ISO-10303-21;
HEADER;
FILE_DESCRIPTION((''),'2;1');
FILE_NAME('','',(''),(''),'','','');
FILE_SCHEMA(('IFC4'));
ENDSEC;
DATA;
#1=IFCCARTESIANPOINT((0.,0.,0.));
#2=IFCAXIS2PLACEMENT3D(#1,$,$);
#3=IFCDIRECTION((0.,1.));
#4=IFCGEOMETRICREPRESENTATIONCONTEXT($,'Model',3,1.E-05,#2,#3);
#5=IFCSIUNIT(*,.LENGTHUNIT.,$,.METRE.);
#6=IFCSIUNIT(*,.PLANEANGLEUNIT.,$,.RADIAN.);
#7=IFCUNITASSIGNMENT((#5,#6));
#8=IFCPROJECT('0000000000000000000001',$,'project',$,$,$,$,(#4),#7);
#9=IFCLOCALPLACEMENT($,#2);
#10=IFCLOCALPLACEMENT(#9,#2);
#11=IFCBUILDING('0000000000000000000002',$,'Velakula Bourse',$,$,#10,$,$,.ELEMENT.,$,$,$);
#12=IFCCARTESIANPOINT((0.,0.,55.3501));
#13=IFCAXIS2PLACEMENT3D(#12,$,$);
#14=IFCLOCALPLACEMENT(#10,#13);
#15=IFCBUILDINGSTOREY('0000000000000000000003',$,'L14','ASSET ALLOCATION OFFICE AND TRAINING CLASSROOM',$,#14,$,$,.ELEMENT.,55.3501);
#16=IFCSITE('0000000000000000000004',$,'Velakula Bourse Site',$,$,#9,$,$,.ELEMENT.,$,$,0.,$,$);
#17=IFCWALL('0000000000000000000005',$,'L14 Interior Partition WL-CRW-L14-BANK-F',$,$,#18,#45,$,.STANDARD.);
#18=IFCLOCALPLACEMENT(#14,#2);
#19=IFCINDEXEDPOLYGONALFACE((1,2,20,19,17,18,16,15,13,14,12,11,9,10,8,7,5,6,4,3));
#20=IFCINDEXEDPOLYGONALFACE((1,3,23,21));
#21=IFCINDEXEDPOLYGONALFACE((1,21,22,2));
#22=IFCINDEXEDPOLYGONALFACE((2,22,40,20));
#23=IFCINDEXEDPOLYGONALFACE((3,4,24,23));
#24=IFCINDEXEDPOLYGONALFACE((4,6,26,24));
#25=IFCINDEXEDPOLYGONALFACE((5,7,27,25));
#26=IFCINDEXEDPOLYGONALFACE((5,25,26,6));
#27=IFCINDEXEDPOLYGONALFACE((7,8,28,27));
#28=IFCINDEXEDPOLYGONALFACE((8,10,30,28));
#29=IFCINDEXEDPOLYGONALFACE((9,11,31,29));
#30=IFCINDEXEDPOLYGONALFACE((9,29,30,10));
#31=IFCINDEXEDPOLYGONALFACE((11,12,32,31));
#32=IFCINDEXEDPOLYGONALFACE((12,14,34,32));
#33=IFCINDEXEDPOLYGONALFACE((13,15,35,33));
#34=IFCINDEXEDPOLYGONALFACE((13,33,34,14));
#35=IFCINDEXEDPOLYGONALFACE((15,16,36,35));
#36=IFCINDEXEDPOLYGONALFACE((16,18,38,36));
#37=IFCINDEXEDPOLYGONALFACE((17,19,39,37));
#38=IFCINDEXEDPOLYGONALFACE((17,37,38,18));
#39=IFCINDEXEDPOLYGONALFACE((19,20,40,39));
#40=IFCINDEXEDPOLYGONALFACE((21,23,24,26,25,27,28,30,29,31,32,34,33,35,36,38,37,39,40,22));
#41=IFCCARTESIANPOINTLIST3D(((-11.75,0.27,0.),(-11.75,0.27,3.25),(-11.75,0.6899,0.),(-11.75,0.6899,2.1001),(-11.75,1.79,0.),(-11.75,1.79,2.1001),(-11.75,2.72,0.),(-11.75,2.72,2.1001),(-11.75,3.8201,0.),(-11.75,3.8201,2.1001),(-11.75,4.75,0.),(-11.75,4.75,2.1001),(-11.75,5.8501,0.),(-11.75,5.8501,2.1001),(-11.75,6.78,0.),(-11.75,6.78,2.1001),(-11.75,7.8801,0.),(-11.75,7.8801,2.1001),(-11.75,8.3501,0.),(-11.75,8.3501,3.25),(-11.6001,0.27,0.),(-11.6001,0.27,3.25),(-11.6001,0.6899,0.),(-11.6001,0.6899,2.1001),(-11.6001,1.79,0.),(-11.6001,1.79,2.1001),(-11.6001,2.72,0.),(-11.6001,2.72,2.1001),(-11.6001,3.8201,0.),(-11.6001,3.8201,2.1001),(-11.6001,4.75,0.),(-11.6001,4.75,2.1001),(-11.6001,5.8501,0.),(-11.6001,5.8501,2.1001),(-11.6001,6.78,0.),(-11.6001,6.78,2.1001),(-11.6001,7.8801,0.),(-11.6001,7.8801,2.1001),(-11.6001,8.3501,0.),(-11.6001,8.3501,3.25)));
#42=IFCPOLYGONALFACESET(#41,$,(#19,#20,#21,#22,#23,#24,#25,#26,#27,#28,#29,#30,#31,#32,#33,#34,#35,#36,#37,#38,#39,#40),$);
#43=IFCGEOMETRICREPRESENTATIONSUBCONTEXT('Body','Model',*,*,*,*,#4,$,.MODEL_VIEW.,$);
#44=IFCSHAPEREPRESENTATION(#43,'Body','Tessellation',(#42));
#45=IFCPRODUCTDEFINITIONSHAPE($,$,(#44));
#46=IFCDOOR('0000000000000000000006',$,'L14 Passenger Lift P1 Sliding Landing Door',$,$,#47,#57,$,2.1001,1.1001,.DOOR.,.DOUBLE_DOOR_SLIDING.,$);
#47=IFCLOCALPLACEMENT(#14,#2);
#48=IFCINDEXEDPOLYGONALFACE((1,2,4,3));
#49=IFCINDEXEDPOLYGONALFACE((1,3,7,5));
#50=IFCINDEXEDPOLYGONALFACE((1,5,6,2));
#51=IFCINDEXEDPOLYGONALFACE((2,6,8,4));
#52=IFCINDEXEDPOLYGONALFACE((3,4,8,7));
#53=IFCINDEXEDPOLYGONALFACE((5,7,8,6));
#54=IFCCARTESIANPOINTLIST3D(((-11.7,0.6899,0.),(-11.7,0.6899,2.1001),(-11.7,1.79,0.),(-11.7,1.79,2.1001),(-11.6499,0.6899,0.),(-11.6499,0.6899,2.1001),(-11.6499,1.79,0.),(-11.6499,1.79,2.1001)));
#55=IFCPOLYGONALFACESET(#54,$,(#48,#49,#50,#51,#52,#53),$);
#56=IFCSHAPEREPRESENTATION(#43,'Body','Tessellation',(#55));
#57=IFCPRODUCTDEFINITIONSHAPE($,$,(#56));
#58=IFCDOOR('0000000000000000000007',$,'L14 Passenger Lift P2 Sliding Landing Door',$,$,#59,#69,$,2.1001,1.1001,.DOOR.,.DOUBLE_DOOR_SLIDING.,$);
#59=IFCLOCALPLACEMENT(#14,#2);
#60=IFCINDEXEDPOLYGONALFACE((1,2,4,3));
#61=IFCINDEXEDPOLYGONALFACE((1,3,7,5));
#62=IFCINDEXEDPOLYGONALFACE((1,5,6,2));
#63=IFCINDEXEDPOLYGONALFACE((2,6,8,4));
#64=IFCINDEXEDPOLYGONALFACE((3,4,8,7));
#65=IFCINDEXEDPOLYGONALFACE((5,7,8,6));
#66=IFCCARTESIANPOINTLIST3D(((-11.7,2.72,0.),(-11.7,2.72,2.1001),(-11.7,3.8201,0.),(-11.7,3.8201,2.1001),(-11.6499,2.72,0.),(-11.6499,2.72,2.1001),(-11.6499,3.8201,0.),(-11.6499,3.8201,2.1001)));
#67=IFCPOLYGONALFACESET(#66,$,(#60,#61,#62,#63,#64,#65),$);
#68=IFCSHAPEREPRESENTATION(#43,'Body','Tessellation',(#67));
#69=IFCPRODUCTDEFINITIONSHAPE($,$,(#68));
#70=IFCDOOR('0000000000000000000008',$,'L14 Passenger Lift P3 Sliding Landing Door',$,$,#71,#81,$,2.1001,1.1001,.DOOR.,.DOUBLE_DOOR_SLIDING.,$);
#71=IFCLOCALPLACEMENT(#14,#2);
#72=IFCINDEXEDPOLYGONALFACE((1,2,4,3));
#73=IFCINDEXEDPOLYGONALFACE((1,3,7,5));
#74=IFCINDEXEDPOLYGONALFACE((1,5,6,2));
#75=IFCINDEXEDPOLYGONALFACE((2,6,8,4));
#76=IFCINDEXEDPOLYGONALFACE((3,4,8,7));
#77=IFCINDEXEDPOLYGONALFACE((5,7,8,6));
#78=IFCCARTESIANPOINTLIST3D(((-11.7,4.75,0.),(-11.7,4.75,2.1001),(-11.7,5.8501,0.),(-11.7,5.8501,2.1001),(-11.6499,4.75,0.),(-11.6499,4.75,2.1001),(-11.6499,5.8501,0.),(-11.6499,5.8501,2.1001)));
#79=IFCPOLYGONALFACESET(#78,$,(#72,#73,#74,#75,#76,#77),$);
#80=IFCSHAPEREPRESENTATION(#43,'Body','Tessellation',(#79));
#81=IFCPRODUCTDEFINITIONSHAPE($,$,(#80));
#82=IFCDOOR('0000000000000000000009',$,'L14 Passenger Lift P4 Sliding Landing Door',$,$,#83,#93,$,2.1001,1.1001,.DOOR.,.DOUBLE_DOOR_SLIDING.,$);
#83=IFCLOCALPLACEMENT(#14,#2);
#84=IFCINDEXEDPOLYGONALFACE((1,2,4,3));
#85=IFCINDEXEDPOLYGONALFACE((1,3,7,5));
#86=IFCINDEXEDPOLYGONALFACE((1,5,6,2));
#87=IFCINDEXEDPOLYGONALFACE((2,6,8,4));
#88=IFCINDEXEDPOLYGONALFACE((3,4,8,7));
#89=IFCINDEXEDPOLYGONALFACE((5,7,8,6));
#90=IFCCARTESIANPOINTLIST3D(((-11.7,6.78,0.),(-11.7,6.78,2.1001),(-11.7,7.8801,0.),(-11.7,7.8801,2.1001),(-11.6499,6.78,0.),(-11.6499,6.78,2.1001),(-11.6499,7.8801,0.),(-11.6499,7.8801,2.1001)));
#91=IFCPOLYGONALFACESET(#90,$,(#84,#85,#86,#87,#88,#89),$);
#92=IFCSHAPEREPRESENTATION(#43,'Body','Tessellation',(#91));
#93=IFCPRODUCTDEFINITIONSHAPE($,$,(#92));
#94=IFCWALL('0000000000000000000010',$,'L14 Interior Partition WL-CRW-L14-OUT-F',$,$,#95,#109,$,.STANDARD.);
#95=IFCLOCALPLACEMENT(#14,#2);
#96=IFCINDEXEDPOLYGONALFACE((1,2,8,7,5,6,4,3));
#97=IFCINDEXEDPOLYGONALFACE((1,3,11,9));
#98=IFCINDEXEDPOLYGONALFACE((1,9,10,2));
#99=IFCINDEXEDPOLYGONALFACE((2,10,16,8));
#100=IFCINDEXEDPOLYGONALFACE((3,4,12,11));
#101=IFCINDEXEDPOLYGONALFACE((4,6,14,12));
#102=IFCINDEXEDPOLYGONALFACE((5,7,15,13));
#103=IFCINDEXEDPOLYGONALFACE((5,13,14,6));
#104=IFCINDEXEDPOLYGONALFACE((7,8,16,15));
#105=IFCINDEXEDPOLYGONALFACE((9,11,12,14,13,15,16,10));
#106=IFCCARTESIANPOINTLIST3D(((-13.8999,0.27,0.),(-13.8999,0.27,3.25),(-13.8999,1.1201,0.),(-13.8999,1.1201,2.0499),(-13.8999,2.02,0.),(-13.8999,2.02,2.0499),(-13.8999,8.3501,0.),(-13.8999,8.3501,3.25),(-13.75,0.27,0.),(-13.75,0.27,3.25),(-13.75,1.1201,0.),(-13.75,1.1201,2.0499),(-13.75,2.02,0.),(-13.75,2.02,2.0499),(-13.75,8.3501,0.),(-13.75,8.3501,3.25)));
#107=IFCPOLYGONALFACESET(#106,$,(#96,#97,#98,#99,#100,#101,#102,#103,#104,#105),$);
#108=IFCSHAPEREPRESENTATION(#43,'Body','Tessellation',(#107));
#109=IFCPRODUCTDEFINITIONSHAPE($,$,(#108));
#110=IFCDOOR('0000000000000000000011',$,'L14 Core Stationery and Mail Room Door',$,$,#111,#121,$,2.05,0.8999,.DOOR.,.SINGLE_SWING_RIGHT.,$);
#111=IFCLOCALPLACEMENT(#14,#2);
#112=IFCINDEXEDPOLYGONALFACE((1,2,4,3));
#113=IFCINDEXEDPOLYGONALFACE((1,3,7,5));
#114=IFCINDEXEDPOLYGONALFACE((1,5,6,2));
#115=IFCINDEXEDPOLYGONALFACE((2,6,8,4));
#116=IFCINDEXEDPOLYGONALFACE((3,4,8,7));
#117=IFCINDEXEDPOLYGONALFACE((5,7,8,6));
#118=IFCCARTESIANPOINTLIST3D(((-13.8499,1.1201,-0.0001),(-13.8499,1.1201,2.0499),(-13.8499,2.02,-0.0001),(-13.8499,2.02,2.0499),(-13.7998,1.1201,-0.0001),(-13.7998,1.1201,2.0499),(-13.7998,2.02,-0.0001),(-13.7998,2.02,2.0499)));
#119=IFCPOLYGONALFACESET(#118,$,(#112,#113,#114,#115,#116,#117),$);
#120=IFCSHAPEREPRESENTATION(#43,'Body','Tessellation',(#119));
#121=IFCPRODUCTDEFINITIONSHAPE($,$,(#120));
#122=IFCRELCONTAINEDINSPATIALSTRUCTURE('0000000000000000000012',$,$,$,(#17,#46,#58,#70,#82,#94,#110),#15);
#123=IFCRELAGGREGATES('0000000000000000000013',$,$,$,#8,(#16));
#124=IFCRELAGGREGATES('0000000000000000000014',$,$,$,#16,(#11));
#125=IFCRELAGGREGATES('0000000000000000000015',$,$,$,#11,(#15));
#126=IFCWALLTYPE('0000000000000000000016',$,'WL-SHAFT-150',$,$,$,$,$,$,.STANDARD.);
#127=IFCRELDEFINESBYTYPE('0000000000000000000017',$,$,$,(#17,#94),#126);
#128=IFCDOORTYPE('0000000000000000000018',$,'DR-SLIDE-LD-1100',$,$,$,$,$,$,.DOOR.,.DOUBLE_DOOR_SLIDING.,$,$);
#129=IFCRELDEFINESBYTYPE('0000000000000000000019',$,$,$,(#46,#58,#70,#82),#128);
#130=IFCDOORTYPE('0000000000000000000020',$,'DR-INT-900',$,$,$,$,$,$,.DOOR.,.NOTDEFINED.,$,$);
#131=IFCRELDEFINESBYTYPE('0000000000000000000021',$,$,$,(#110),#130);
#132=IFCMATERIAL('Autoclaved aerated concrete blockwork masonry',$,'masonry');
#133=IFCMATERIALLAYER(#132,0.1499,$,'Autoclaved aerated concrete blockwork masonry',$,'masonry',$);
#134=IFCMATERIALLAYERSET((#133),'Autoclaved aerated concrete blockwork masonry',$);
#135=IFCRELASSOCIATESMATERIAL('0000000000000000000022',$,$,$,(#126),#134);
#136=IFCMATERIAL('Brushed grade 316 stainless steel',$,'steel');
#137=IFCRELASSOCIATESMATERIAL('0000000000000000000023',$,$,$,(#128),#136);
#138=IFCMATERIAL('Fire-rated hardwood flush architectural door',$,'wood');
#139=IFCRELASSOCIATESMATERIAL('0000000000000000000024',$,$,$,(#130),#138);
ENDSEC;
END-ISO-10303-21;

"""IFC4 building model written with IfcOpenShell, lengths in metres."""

from ifc_helpers import new_model, si_unit, direction, frame, frame_2d, origin, place, context, subcontext, project, spatial, rectangle, extrude, material, layer, layer_set, type_object, element, fill, save


model = new_model("IFC4")

# Units and contexts
model_context = context("Model", 3, precision=1e-05, world=origin(), true_north=direction((0.0, 1.0)))
body_context = subcontext(model_context, "Body", "Model", "MODEL_VIEW")
ifc_project = project(units=[si_unit("LENGTHUNIT", "METRE"), si_unit("PLANEANGLEUNIT", "RADIAN")], contexts=[model_context])

# Site, building, storey
site_placement = place(None, origin())
site = spatial("IfcSite", under=ifc_project, at=site_placement, Name="Velakula Bourse Site", CompositionType="ELEMENT", RefElevation=0.0)
building_placement = place(site_placement, origin())
building = spatial("IfcBuilding", under=site, at=building_placement, Name="Velakula Bourse", CompositionType="ELEMENT")
storey_placement = place(building_placement, frame((0.0, 0.0, 55.3501)))
storey = spatial("IfcBuildingStorey", under=building, at=storey_placement, Name="L14", Description="ASSET ALLOCATION OFFICE AND TRAINING CLASSROOM", CompositionType="ELEMENT", Elevation=55.3501)

# Shared definitions
ifc_material_1 = material(Name="Fire-rated hardwood flush architectural door", Category="wood")

# Shared definitions
ifc_material_2 = material(Name="Autoclaved aerated concrete blockwork masonry", Category="masonry")
ifc_layer_1 = layer(ifc_material_2, 0.1499, Name="Autoclaved aerated concrete blockwork masonry", Category="masonry")
ifc_layer_set_1 = layer_set([ifc_layer_1], Name="Autoclaved aerated concrete blockwork masonry")
wall_type_1 = type_object("IfcWallType", Name="WL-SHAFT-150", PredefinedType="STANDARD", material=ifc_layer_set_1)

# Wall, openings, doors
wall_1_placement = place(storey_placement, frame((-11.675, 0.27, 0.0), z_axis=(0.0, 0.0, 1.0), x_axis=(0.0, 1.0, 0.0)))
wall_1 = element("IfcWall", 1, at=wall_1_placement, inside=storey, type_object=wall_type_1, Name="L14 Interior Partition WL-CRW-L14-BANK-F", PredefinedType="STANDARD", context=body_context, shape_type="SweptSolid", body=[
    extrude(rectangle(XDim=8.0801, YDim=0.1499, at=frame_2d((4.04, 0.0))), origin(), (0.0, 0.0, 1.0), 3.25),
])
opening_1_placement = place(wall_1_placement, frame((0.4199, 0.0, 0.0)))
opening_1 = element("IfcOpeningElement", 2, at=opening_1_placement, cuts=wall_1, PredefinedType="OPENING", context=body_context, shape_type="SweptSolid", body=[
    extrude(rectangle(XDim=1.1001, YDim=2.1001, at=frame_2d((0.55, 1.05))), frame((0.0, 0.085, 0.0), z_axis=(0.0, -1.0, 0.0), x_axis=(1.0, 0.0, 0.0)), (0.0, 0.0, 1.0), 0.1699),
])
opening_2_placement = place(wall_1_placement, frame((2.45, 0.0, 0.0)))
opening_2 = element("IfcOpeningElement", 3, at=opening_2_placement, cuts=wall_1, PredefinedType="OPENING", context=body_context, shape_type="SweptSolid", body=[
    extrude(rectangle(XDim=1.1001, YDim=2.1001, at=frame_2d((0.55, 1.05))), frame((0.0, 0.085, 0.0), z_axis=(0.0, -1.0, 0.0), x_axis=(1.0, 0.0, 0.0)), (0.0, 0.0, 1.0), 0.1699),
])
opening_3_placement = place(wall_1_placement, frame((4.48, 0.0, 0.0)))
opening_3 = element("IfcOpeningElement", 4, at=opening_3_placement, cuts=wall_1, PredefinedType="OPENING", context=body_context, shape_type="SweptSolid", body=[
    extrude(rectangle(XDim=1.1001, YDim=2.1001, at=frame_2d((0.55, 1.05))), frame((0.0, 0.085, 0.0), z_axis=(0.0, -1.0, 0.0), x_axis=(1.0, 0.0, 0.0)), (0.0, 0.0, 1.0), 0.1699),
])
opening_4_placement = place(wall_1_placement, frame((6.51, 0.0, 0.0)))
opening_4 = element("IfcOpeningElement", 5, at=opening_4_placement, cuts=wall_1, PredefinedType="OPENING", context=body_context, shape_type="SweptSolid", body=[
    extrude(rectangle(XDim=1.1001, YDim=2.1001, at=frame_2d((0.55, 1.05))), frame((0.0, 0.085, 0.0), z_axis=(0.0, -1.0, 0.0), x_axis=(1.0, 0.0, 0.0)), (0.0, 0.0, 1.0), 0.1699),
])
ifc_material_3 = material(Name="Brushed grade 316 stainless steel", Category="steel")
door_type_1 = type_object("IfcDoorType", Name="DR-SLIDE-LD-1100", OperationType="DOUBLE_DOOR_SLIDING", PredefinedType="DOOR", material=ifc_material_3)
door_1_placement = place(opening_1_placement, origin())
door_1 = element("IfcDoor", 6, at=door_1_placement, inside=storey, type_object=door_type_1, Name="L14 Passenger Lift P1 Sliding Landing Door", OperationType="DOUBLE_DOOR_SLIDING", OverallHeight=2.1001, OverallWidth=1.1001, PredefinedType="DOOR", context=body_context, shape_type="SweptSolid", body=[
    extrude(rectangle(XDim=1.1001, YDim=2.1001, at=frame_2d((0.55, 1.05))), frame((0.0, 0.0249, 0.0), z_axis=(0.0, -1.0, 0.0), x_axis=(1.0, 0.0, 0.0)), (0.0, 0.0, 1.0), 0.05),
])
fill(opening_1, door_1)
door_2_placement = place(opening_2_placement, origin())
door_2 = element("IfcDoor", 7, at=door_2_placement, inside=storey, type_object=door_type_1, Name="L14 Passenger Lift P2 Sliding Landing Door", OperationType="DOUBLE_DOOR_SLIDING", OverallHeight=2.1001, OverallWidth=1.1001, PredefinedType="DOOR", context=body_context, shape_type="SweptSolid", body=[
    extrude(rectangle(XDim=1.1001, YDim=2.1001, at=frame_2d((0.55, 1.05))), frame((0.0, 0.0249, 0.0), z_axis=(0.0, -1.0, 0.0), x_axis=(1.0, 0.0, 0.0)), (0.0, 0.0, 1.0), 0.05),
])
fill(opening_2, door_2)
door_3_placement = place(opening_3_placement, origin())
door_3 = element("IfcDoor", 8, at=door_3_placement, inside=storey, type_object=door_type_1, Name="L14 Passenger Lift P3 Sliding Landing Door", OperationType="DOUBLE_DOOR_SLIDING", OverallHeight=2.1001, OverallWidth=1.1001, PredefinedType="DOOR", context=body_context, shape_type="SweptSolid", body=[
    extrude(rectangle(XDim=1.1001, YDim=2.1001, at=frame_2d((0.55, 1.05))), frame((0.0, 0.0249, 0.0), z_axis=(0.0, -1.0, 0.0), x_axis=(1.0, 0.0, 0.0)), (0.0, 0.0, 1.0), 0.05),
])
fill(opening_3, door_3)
door_4_placement = place(opening_4_placement, origin())
door_4 = element("IfcDoor", 9, at=door_4_placement, inside=storey, type_object=door_type_1, Name="L14 Passenger Lift P4 Sliding Landing Door", OperationType="DOUBLE_DOOR_SLIDING", OverallHeight=2.1001, OverallWidth=1.1001, PredefinedType="DOOR", context=body_context, shape_type="SweptSolid", body=[
    extrude(rectangle(XDim=1.1001, YDim=2.1001, at=frame_2d((0.55, 1.05))), frame((0.0, 0.0249, 0.0), z_axis=(0.0, -1.0, 0.0), x_axis=(1.0, 0.0, 0.0)), (0.0, 0.0, 1.0), 0.05),
])
fill(opening_4, door_4)

# Wall, opening, door
wall_2_placement = place(storey_placement, frame((-13.825, 0.27, 0.0), z_axis=(0.0, 0.0, 1.0), x_axis=(0.0, 1.0, 0.0)))
wall_2 = element("IfcWall", 10, at=wall_2_placement, inside=storey, type_object=wall_type_1, Name="L14 Interior Partition WL-CRW-L14-OUT-F", PredefinedType="STANDARD", context=body_context, shape_type="SweptSolid", body=[
    extrude(rectangle(XDim=8.0801, YDim=0.1499, at=frame_2d((4.04, 0.0))), origin(), (0.0, 0.0, 1.0), 3.25),
])
opening_5_placement = place(wall_2_placement, frame((0.8501, 0.0, 0.0)))
opening_5 = element("IfcOpeningElement", 11, at=opening_5_placement, cuts=wall_2, PredefinedType="OPENING", context=body_context, shape_type="SweptSolid", body=[
    extrude(rectangle(XDim=0.8999, YDim=2.05, at=frame_2d((0.45, 1.0249))), frame((0.0, 0.085, 0.0), z_axis=(0.0, -1.0, 0.0), x_axis=(1.0, 0.0, 0.0)), (0.0, 0.0, 1.0), 0.1699),
])
door_type_2 = type_object("IfcDoorType", Name="DR-INT-900", OperationType="NOTDEFINED", PredefinedType="DOOR", material=ifc_material_1)
door_5_placement = place(opening_5_placement, origin())
door_5 = element("IfcDoor", 12, at=door_5_placement, inside=storey, type_object=door_type_2, Name="L14 Core Stationery and Mail Room Door", OperationType="SINGLE_SWING_RIGHT", OverallHeight=2.05, OverallWidth=0.8999, PredefinedType="DOOR", context=body_context, shape_type="SweptSolid", body=[
    extrude(rectangle(XDim=0.8999, YDim=2.05, at=frame_2d((0.45, 1.0249))), frame((0.0, 0.0249, 0.0), z_axis=(0.0, -1.0, 0.0), x_axis=(1.0, 0.0, 0.0)), (0.0, 0.0, 1.0), 0.05),
])
fill(opening_5, door_5)

save(model, "model.ifc")
